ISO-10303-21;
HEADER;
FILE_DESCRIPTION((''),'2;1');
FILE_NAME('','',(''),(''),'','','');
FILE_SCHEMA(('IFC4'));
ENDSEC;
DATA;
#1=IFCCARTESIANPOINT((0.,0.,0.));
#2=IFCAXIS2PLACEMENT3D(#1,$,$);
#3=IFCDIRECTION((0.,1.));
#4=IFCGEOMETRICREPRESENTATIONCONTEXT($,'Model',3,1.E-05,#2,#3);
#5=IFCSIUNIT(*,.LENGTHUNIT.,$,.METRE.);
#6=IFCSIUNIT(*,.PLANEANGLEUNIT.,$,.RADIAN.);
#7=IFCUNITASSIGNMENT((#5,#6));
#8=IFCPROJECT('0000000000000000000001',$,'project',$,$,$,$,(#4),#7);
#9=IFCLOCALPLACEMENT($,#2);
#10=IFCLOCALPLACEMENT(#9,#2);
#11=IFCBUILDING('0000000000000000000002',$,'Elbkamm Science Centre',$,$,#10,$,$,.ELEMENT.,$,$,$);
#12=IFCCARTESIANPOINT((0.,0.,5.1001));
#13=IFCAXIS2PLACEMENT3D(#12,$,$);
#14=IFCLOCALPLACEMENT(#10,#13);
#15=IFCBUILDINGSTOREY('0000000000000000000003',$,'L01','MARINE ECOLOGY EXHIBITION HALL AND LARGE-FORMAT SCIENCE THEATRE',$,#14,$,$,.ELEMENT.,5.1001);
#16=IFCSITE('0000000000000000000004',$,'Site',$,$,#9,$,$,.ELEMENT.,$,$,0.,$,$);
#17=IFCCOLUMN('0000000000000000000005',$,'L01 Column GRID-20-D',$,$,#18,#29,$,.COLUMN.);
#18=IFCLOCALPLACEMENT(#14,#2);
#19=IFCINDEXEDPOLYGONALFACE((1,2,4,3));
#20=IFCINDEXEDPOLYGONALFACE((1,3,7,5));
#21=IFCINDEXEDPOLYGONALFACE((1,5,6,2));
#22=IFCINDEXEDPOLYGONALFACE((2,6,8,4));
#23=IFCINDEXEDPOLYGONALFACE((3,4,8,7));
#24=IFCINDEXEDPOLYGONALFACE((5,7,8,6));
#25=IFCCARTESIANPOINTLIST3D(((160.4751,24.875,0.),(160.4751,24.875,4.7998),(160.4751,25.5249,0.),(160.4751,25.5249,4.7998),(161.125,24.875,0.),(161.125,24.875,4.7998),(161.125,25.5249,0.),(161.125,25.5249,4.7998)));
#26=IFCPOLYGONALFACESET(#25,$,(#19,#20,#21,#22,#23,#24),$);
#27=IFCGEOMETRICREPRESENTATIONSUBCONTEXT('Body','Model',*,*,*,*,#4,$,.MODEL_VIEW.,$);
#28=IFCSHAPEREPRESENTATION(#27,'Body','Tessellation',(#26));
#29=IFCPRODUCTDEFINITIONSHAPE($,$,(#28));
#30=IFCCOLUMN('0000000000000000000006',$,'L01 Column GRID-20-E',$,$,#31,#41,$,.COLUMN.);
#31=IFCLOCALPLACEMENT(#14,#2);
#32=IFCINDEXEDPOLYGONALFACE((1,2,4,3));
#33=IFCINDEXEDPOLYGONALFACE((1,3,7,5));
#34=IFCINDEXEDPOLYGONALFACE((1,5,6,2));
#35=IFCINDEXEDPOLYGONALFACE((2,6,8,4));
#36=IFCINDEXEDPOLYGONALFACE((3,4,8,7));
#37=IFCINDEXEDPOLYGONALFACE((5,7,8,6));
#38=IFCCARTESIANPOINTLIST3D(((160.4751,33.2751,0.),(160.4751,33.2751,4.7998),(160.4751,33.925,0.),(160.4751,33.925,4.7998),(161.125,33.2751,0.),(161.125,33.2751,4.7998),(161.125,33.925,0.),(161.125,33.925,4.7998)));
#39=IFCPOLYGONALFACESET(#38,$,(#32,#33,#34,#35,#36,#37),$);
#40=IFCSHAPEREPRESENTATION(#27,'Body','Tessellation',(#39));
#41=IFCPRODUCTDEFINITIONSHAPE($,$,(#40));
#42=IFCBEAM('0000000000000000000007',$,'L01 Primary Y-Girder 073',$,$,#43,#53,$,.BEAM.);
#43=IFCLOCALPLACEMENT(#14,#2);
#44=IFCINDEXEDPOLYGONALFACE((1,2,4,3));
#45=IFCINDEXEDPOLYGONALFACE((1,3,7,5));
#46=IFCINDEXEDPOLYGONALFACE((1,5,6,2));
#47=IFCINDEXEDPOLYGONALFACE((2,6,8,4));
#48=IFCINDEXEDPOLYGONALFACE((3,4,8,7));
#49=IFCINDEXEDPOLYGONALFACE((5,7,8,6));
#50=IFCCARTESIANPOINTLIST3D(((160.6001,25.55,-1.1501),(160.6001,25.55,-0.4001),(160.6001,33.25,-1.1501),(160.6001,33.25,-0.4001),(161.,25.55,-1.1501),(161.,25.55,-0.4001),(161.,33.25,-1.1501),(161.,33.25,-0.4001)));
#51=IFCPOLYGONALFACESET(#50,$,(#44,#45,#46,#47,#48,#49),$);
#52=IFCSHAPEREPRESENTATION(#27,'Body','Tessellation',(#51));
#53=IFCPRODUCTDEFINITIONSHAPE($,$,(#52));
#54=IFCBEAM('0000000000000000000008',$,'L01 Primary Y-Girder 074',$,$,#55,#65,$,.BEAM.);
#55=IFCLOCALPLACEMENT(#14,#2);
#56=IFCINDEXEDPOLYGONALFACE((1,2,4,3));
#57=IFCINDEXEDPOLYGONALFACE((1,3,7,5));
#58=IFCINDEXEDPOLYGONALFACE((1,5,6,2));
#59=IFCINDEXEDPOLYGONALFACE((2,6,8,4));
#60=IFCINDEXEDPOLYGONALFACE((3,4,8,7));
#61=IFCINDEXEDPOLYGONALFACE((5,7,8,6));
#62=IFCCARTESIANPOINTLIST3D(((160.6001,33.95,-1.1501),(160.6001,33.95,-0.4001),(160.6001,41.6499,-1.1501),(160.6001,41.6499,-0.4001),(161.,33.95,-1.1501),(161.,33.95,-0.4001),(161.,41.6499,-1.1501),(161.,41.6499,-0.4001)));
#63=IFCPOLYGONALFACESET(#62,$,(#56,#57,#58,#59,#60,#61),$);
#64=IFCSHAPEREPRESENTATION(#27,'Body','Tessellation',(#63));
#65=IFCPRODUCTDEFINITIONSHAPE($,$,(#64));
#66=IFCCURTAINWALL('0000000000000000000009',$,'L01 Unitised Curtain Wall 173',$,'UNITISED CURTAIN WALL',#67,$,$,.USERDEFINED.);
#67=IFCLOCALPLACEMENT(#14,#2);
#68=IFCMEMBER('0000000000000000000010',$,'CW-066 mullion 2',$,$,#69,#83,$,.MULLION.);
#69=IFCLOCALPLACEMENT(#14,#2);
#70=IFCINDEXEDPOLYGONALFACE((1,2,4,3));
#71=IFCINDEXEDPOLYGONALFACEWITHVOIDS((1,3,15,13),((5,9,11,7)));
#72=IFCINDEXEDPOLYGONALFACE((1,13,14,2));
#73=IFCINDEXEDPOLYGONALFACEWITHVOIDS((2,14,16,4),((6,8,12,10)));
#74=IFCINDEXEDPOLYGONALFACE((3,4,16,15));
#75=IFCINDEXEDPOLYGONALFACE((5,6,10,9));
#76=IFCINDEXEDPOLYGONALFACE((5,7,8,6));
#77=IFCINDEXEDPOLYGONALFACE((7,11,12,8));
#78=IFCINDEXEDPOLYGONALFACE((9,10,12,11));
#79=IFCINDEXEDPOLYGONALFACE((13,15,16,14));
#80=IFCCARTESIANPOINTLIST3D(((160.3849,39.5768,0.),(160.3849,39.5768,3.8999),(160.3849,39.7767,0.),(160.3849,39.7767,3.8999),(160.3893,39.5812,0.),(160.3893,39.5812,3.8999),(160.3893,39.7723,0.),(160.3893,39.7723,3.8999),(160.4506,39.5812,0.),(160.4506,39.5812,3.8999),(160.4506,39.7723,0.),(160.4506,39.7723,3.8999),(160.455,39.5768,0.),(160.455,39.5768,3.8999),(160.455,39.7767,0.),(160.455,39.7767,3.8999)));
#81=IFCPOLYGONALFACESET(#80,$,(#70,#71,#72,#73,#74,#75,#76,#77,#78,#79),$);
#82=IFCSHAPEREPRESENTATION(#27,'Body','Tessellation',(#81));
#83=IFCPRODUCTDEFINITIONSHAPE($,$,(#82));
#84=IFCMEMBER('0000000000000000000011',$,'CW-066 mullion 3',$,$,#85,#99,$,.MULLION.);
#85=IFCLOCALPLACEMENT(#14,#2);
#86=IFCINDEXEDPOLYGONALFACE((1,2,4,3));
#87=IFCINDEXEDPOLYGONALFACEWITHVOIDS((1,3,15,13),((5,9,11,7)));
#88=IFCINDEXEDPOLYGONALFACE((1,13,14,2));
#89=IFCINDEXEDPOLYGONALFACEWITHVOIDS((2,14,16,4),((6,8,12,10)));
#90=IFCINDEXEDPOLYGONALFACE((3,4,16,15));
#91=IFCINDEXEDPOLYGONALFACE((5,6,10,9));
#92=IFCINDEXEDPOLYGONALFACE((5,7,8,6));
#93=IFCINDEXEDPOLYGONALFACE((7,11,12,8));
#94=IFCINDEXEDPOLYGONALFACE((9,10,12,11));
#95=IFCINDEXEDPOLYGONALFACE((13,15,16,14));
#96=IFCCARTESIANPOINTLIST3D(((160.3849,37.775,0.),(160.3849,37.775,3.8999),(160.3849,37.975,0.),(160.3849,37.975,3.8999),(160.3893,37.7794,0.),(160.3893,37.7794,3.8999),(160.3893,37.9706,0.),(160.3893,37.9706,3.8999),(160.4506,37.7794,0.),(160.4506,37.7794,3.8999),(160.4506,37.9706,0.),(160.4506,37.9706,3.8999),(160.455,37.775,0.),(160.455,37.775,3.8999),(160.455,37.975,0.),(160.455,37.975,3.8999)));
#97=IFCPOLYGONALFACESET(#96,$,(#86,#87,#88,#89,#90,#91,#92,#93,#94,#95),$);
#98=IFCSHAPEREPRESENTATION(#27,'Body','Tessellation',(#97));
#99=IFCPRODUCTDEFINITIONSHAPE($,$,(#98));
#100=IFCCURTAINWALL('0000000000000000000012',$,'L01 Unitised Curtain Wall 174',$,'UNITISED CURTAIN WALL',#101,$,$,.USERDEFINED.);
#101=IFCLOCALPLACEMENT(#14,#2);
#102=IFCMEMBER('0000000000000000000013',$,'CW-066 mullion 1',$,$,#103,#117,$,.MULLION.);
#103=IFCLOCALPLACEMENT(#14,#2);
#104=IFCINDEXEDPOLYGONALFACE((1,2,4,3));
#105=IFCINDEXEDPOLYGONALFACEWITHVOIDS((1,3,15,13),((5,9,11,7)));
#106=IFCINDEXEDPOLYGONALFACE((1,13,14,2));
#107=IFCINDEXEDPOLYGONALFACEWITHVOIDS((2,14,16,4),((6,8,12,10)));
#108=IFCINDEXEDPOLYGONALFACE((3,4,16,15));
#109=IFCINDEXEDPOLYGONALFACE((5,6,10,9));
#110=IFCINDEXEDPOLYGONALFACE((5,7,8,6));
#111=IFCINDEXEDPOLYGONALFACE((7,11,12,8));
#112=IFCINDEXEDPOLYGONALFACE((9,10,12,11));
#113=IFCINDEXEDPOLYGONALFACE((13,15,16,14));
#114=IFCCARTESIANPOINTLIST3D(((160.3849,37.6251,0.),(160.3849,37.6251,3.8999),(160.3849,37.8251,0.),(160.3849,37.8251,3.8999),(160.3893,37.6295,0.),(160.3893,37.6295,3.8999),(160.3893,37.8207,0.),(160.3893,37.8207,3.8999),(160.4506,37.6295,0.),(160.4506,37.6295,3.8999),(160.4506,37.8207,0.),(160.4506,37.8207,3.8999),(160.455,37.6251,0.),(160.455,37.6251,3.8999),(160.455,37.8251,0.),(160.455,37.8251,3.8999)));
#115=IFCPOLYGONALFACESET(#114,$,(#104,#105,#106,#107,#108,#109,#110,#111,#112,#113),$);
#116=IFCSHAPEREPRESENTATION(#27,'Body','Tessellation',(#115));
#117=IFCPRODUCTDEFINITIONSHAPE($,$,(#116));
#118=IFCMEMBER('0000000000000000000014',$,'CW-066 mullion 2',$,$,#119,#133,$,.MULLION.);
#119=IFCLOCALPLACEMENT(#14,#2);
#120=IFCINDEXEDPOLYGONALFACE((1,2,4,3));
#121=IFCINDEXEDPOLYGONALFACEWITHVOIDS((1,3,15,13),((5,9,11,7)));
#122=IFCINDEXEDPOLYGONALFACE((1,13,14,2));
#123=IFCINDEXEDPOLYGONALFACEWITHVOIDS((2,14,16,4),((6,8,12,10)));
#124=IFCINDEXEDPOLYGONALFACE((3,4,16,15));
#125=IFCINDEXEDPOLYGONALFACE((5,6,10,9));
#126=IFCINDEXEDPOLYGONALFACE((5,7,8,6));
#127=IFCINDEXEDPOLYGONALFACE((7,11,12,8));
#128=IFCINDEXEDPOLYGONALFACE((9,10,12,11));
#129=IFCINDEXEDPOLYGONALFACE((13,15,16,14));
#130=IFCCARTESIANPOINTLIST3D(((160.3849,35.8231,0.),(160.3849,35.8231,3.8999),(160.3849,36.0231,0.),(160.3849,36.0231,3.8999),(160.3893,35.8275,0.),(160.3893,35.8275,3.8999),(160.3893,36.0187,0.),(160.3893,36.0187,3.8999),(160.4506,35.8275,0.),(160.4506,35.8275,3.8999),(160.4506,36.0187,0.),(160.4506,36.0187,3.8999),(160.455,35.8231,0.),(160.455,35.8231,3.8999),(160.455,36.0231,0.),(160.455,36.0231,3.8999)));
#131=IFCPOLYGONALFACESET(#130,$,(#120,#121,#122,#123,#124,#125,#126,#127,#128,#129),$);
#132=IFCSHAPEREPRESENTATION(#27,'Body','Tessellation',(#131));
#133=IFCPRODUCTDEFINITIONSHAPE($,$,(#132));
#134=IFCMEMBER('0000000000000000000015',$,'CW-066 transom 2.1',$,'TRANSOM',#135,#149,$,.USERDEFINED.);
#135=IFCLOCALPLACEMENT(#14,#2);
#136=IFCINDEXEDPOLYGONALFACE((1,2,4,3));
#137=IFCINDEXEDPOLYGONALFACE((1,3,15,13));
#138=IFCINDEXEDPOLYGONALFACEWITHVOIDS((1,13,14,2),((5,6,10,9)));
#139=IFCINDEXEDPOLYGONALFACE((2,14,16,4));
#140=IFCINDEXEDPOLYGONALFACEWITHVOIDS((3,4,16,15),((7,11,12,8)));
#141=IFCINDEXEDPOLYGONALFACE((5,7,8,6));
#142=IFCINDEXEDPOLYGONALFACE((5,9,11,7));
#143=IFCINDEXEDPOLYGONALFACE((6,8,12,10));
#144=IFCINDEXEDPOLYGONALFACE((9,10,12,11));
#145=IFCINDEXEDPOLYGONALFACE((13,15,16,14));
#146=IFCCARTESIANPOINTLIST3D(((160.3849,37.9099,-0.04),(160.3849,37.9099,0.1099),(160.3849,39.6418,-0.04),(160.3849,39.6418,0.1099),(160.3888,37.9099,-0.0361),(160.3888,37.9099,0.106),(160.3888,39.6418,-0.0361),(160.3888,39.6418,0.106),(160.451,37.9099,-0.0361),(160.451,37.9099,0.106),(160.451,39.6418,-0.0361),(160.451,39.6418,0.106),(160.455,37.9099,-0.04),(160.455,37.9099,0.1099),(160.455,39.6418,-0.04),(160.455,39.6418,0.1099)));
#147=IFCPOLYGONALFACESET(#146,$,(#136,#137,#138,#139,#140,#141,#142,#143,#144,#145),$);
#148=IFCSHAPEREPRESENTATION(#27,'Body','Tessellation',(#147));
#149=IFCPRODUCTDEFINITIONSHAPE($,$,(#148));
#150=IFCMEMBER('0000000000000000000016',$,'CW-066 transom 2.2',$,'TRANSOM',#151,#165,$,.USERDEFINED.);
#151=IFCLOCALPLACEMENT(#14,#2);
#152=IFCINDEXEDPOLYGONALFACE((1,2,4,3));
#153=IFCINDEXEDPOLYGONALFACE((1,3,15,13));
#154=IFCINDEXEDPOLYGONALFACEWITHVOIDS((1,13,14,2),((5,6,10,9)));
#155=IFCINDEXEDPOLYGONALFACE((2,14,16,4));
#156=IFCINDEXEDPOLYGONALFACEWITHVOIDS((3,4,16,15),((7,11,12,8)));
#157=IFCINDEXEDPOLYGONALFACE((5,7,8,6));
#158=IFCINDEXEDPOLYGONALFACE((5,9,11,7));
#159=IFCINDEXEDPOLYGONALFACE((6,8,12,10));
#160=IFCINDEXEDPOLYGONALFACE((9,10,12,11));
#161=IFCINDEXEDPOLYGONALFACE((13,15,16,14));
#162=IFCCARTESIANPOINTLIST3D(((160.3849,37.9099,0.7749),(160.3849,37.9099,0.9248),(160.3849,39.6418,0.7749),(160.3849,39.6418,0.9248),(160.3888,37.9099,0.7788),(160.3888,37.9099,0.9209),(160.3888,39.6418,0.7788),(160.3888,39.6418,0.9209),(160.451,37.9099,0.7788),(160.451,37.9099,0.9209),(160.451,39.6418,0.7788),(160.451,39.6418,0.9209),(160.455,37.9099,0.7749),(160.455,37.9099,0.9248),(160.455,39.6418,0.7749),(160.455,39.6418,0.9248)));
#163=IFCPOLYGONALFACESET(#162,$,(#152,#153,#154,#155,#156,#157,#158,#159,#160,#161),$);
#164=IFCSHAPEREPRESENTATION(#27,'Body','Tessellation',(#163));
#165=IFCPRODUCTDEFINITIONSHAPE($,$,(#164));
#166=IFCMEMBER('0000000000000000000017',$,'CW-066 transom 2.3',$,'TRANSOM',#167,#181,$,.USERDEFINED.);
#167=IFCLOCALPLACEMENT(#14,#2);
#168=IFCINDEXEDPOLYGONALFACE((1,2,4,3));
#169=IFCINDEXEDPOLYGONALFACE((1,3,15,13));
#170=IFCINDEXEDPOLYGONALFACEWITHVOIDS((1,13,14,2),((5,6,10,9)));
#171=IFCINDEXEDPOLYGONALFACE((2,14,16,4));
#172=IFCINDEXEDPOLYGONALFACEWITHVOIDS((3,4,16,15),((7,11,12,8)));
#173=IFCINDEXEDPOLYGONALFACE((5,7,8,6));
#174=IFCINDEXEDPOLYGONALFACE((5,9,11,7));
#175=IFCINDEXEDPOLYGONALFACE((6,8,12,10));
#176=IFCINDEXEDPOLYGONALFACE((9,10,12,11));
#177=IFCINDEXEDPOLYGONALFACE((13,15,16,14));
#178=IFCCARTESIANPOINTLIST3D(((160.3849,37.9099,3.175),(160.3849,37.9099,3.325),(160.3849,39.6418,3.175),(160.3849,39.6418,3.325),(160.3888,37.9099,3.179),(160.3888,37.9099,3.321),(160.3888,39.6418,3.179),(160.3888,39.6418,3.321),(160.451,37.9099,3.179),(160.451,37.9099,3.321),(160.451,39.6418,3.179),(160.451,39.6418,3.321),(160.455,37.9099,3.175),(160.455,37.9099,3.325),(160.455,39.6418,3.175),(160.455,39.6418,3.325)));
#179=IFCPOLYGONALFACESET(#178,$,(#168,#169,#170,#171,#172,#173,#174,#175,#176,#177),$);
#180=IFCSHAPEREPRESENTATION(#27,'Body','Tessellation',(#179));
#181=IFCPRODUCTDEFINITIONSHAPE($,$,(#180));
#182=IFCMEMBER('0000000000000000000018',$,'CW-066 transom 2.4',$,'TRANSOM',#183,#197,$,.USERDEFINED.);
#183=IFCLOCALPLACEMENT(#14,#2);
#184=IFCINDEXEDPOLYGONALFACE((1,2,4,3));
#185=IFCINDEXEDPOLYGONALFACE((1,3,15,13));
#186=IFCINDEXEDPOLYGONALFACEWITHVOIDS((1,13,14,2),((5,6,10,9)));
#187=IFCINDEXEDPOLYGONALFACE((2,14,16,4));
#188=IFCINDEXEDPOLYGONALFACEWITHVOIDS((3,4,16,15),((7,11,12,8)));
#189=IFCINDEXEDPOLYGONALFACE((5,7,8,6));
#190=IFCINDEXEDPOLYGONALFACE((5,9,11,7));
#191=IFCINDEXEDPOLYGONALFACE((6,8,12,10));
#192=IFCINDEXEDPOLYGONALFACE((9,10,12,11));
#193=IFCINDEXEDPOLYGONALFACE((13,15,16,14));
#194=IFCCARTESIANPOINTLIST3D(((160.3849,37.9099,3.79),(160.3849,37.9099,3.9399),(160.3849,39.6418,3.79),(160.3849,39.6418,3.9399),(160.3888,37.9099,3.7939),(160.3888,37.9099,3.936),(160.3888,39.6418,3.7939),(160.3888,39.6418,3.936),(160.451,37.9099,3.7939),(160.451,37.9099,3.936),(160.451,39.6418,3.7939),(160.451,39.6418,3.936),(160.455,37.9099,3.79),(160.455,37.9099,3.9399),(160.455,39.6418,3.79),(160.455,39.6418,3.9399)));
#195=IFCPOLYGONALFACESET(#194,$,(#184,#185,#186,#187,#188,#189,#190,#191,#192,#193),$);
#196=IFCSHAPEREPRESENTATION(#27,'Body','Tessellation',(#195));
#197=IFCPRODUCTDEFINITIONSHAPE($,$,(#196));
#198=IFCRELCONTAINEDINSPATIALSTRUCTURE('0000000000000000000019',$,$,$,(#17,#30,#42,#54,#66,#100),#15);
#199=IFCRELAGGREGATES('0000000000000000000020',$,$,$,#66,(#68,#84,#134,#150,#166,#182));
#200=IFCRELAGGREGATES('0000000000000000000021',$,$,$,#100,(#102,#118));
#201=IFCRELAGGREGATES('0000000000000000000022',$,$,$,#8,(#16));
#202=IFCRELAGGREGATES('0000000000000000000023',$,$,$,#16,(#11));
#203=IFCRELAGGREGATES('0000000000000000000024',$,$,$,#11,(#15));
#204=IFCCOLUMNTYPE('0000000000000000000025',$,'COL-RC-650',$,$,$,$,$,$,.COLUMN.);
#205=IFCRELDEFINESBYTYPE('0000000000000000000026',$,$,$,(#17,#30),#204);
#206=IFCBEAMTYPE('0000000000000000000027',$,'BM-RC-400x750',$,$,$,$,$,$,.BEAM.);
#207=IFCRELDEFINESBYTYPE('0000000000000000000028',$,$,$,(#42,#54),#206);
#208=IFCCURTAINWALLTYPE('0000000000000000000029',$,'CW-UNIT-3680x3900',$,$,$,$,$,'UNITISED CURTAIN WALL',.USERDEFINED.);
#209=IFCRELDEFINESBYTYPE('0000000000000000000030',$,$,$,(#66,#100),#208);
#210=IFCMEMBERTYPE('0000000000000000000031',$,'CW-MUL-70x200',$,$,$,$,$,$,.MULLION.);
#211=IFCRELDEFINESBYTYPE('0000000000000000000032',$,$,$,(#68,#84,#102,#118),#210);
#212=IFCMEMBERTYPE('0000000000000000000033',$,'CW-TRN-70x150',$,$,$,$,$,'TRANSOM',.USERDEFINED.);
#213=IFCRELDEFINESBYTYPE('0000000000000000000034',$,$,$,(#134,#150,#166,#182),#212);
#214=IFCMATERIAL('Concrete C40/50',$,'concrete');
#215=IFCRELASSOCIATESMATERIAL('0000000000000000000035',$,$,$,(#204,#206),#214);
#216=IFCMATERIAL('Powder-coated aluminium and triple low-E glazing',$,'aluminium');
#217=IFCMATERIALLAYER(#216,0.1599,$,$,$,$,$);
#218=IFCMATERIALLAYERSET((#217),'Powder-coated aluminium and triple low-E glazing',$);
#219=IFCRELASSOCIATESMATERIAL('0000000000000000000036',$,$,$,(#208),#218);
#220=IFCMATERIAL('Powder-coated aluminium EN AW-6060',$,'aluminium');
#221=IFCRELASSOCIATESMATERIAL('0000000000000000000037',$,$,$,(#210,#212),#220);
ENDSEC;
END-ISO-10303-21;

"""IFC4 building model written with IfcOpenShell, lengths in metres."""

from ifc_helpers import new_model, si_unit, direction, frame, origin, origin_2d, place, context, subcontext, project, spatial, rectangle, hollow_rectangle, extrude, material, layer, layer_set, material_profile, profile_set, type_object, element, aggregate, save


model = new_model("IFC4")

# Units and contexts
model_context = context("Model", 3, precision=1e-05, world=origin(), true_north=direction((0.0, 1.0)))
body_context = subcontext(model_context, "Body", "Model", "MODEL_VIEW")
ifc_project = project(units=[si_unit("LENGTHUNIT", "METRE"), si_unit("PLANEANGLEUNIT", "RADIAN")], contexts=[model_context])

# Site, building, storey
site_placement = place(None, origin())
site = spatial("IfcSite", under=ifc_project, at=site_placement, Name="Site", CompositionType="ELEMENT", RefElevation=0.0)
building_placement = place(site_placement, origin())
building = spatial("IfcBuilding", under=site, at=building_placement, Name="Elbkamm Science Centre", CompositionType="ELEMENT")
storey_placement = place(building_placement, frame((0.0, 0.0, 5.1001)))
storey = spatial("IfcBuildingStorey", under=building, at=storey_placement, Name="L01", Description="MARINE ECOLOGY EXHIBITION HALL AND LARGE-FORMAT SCIENCE THEATRE", CompositionType="ELEMENT", Elevation=5.1001)

# Columns
ifc_material_1 = material(Name="Concrete C40/50", Category="concrete")
ifc_material_profile_1 = material_profile(ifc_material_1, rectangle(XDim=0.6499, YDim=0.6499, at=origin_2d()), Name="RC 650x650")
ifc_profile_set_1 = profile_set([ifc_material_profile_1], Name="Concrete C40/50")
column_type = type_object("IfcColumnType", Name="COL-RC-650", PredefinedType="COLUMN", material=ifc_profile_set_1)
for number, where, z_axis, x_axis, name in (
    (1, (160.8, 25.2, 0.0), (0.0, 0.0, 1.0), (1.0, 0.0, 0.0), "L01 Column GRID-20-D"),
    (2, (160.8, 33.6001, 0.0), (0.0, 0.0, 1.0), (1.0, 0.0, 0.0), "L01 Column GRID-20-E"),
):
    element("IfcColumn", number, at=place(storey_placement, frame(where, z_axis=z_axis, x_axis=x_axis)), inside=storey, type_object=column_type, Name=name, PredefinedType="COLUMN", context=body_context, shape_type="SweptSolid", body=[
        extrude(rectangle(XDim=0.6499, YDim=0.6499, at=origin_2d()), origin(), (0.0, 0.0, 1.0), 4.7998),
    ])

# Beams
ifc_material_profile_2 = material_profile(ifc_material_1, rectangle(XDim=0.3999, YDim=0.75, at=origin_2d()), Name="RC 400x750")
ifc_profile_set_2 = profile_set([ifc_material_profile_2], Name="Concrete C40/50")
beam_type = type_object("IfcBeamType", Name="BM-RC-400x750", PredefinedType="BEAM", material=ifc_profile_set_2)
for number, where, z_axis, x_axis, name in (
    (3, (160.8, 25.55, -0.7751), (0.0, 1.0, 0.0), (-1.0, 0.0, 0.0), "L01 Primary Y-Girder 073"),
    (4, (160.8, 33.95, -0.7751), (0.0, 1.0, 0.0), (-1.0, 0.0, 0.0), "L01 Primary Y-Girder 074"),
):
    element("IfcBeam", number, at=place(storey_placement, frame(where, z_axis=z_axis, x_axis=x_axis)), inside=storey, type_object=beam_type, Name=name, PredefinedType="BEAM", context=body_context, shape_type="SweptSolid", body=[
        extrude(rectangle(XDim=0.3999, YDim=0.75, at=origin_2d()), origin(), (0.0, 0.0, 1.0), 7.7),
    ])

# Curtain walls, members
ifc_material_2 = material(Name="Powder-coated aluminium and triple low-E glazing", Category="aluminium")
ifc_layer_1 = layer(ifc_material_2, 0.1599)
ifc_layer_set_1 = layer_set([ifc_layer_1], Name="Powder-coated aluminium and triple low-E glazing")
curtain_wall_type = type_object("IfcCurtainWallType", Name="CW-UNIT-3680x3900", ElementType="UNITISED CURTAIN WALL", PredefinedType="USERDEFINED", material=ifc_layer_set_1)
curtain_wall_1_placement = place(storey_placement, origin())
curtain_wall_1 = element("IfcCurtainWall", 5, at=curtain_wall_1_placement, inside=storey, type_object=curtain_wall_type, Name="L01 Unitised Curtain Wall 173", ObjectType="UNITISED CURTAIN WALL", PredefinedType="USERDEFINED")
ifc_material_3 = material(Name="Powder-coated aluminium EN AW-6060", Category="aluminium")
ifc_material_profile_3 = material_profile(ifc_material_3, hollow_rectangle(XDim=0.0701, YDim=0.2, WallThickness=0.0044, at=origin_2d()), Name="ALU M70x200")
ifc_profile_set_3 = profile_set([ifc_material_profile_3], Name="Powder-coated aluminium EN AW-6060")
member_type_1 = type_object("IfcMemberType", Name="CW-MUL-70x200", PredefinedType="MULLION", material=ifc_profile_set_3)
member_1_placement = place(storey_placement, frame((160.4199, 39.6768, 0.0), z_axis=(0.0, 0.0, 1.0), x_axis=(1.0, 0.0, 0.0)))
member_1 = element("IfcMember", 6, at=member_1_placement, type_object=member_type_1, Name="CW-066 mullion 2", PredefinedType="MULLION", context=body_context, shape_type="SweptSolid", body=[
    extrude(hollow_rectangle(XDim=0.0701, YDim=0.2, WallThickness=0.0044, at=origin_2d()), origin(), (0.0, 0.0, 1.0), 3.8999),
])
member_2_placement = place(storey_placement, frame((160.4199, 37.875, 0.0), z_axis=(0.0, 0.0, 1.0), x_axis=(1.0, 0.0, 0.0)))
member_2 = element("IfcMember", 7, at=member_2_placement, type_object=member_type_1, Name="CW-066 mullion 3", PredefinedType="MULLION", context=body_context, shape_type="SweptSolid", body=[
    extrude(hollow_rectangle(XDim=0.0701, YDim=0.2, WallThickness=0.0044, at=origin_2d()), origin(), (0.0, 0.0, 1.0), 3.8999),
])
curtain_wall_2_placement = place(storey_placement, origin())
curtain_wall_2 = element("IfcCurtainWall", 8, at=curtain_wall_2_placement, inside=storey, type_object=curtain_wall_type, Name="L01 Unitised Curtain Wall 174", ObjectType="UNITISED CURTAIN WALL", PredefinedType="USERDEFINED")
member_3_placement = place(storey_placement, frame((160.4199, 37.7251, 0.0), z_axis=(0.0, 0.0, 1.0), x_axis=(1.0, 0.0, 0.0)))
member_3 = element("IfcMember", 9, at=member_3_placement, type_object=member_type_1, Name="CW-066 mullion 1", PredefinedType="MULLION", context=body_context, shape_type="SweptSolid", body=[
    extrude(hollow_rectangle(XDim=0.0701, YDim=0.2, WallThickness=0.0044, at=origin_2d()), origin(), (0.0, 0.0, 1.0), 3.8999),
])
member_4_placement = place(storey_placement, frame((160.4199, 35.9231, 0.0), z_axis=(0.0, 0.0, 1.0), x_axis=(1.0, 0.0, 0.0)))
member_4 = element("IfcMember", 10, at=member_4_placement, type_object=member_type_1, Name="CW-066 mullion 2", PredefinedType="MULLION", context=body_context, shape_type="SweptSolid", body=[
    extrude(hollow_rectangle(XDim=0.0701, YDim=0.2, WallThickness=0.0044, at=origin_2d()), origin(), (0.0, 0.0, 1.0), 3.8999),
])

# Members
ifc_material_profile_4 = material_profile(ifc_material_3, hollow_rectangle(XDim=0.0701, YDim=0.1499, WallThickness=0.0039, at=origin_2d()), Name="ALU T70x150")
ifc_profile_set_4 = profile_set([ifc_material_profile_4], Name="Powder-coated aluminium EN AW-6060")
member_type_2 = type_object("IfcMemberType", Name="CW-TRN-70x150", ElementType="TRANSOM", PredefinedType="USERDEFINED", material=ifc_profile_set_4)
member_5_placement = place(storey_placement, frame((160.4199, 39.6418, 0.0349), z_axis=(0.0, -1.0, 0.0), x_axis=(1.0, 0.0, 0.0)))
member_5 = element("IfcMember", 11, at=member_5_placement, type_object=member_type_2, Name="CW-066 transom 2.1", ObjectType="TRANSOM", PredefinedType="USERDEFINED", context=body_context, shape_type="SweptSolid", body=[
    extrude(hollow_rectangle(XDim=0.0701, YDim=0.1499, WallThickness=0.0039, at=origin_2d()), origin(), (0.0, 0.0, 1.0), 1.7319),
])
member_6_placement = place(storey_placement, frame((160.4199, 39.6418, 0.8499), z_axis=(0.0, -1.0, 0.0), x_axis=(1.0, 0.0, 0.0)))
member_6 = element("IfcMember", 12, at=member_6_placement, type_object=member_type_2, Name="CW-066 transom 2.2", ObjectType="TRANSOM", PredefinedType="USERDEFINED", context=body_context, shape_type="SweptSolid", body=[
    extrude(hollow_rectangle(XDim=0.0701, YDim=0.1499, WallThickness=0.0039, at=origin_2d()), origin(), (0.0, 0.0, 1.0), 1.7319),
])
member_7_placement = place(storey_placement, frame((160.4199, 39.6418, 3.25), z_axis=(0.0, -1.0, 0.0), x_axis=(1.0, 0.0, 0.0)))
member_7 = element("IfcMember", 13, at=member_7_placement, type_object=member_type_2, Name="CW-066 transom 2.3", ObjectType="TRANSOM", PredefinedType="USERDEFINED", context=body_context, shape_type="SweptSolid", body=[
    extrude(hollow_rectangle(XDim=0.0701, YDim=0.1499, WallThickness=0.0039, at=origin_2d()), origin(), (0.0, 0.0, 1.0), 1.7319),
])
member_8_placement = place(storey_placement, frame((160.4199, 39.6418, 3.865), z_axis=(0.0, -1.0, 0.0), x_axis=(1.0, 0.0, 0.0)))
member_8 = element("IfcMember", 14, at=member_8_placement, type_object=member_type_2, Name="CW-066 transom 2.4", ObjectType="TRANSOM", PredefinedType="USERDEFINED", context=body_context, shape_type="SweptSolid", body=[
    extrude(hollow_rectangle(XDim=0.0701, YDim=0.1499, WallThickness=0.0039, at=origin_2d()), origin(), (0.0, 0.0, 1.0), 1.7319),
])

aggregate(curtain_wall_1, [member_1, member_2, member_5, member_6, member_7, member_8])
aggregate(curtain_wall_2, [member_3, member_4])

save(model, "model.ifc")
